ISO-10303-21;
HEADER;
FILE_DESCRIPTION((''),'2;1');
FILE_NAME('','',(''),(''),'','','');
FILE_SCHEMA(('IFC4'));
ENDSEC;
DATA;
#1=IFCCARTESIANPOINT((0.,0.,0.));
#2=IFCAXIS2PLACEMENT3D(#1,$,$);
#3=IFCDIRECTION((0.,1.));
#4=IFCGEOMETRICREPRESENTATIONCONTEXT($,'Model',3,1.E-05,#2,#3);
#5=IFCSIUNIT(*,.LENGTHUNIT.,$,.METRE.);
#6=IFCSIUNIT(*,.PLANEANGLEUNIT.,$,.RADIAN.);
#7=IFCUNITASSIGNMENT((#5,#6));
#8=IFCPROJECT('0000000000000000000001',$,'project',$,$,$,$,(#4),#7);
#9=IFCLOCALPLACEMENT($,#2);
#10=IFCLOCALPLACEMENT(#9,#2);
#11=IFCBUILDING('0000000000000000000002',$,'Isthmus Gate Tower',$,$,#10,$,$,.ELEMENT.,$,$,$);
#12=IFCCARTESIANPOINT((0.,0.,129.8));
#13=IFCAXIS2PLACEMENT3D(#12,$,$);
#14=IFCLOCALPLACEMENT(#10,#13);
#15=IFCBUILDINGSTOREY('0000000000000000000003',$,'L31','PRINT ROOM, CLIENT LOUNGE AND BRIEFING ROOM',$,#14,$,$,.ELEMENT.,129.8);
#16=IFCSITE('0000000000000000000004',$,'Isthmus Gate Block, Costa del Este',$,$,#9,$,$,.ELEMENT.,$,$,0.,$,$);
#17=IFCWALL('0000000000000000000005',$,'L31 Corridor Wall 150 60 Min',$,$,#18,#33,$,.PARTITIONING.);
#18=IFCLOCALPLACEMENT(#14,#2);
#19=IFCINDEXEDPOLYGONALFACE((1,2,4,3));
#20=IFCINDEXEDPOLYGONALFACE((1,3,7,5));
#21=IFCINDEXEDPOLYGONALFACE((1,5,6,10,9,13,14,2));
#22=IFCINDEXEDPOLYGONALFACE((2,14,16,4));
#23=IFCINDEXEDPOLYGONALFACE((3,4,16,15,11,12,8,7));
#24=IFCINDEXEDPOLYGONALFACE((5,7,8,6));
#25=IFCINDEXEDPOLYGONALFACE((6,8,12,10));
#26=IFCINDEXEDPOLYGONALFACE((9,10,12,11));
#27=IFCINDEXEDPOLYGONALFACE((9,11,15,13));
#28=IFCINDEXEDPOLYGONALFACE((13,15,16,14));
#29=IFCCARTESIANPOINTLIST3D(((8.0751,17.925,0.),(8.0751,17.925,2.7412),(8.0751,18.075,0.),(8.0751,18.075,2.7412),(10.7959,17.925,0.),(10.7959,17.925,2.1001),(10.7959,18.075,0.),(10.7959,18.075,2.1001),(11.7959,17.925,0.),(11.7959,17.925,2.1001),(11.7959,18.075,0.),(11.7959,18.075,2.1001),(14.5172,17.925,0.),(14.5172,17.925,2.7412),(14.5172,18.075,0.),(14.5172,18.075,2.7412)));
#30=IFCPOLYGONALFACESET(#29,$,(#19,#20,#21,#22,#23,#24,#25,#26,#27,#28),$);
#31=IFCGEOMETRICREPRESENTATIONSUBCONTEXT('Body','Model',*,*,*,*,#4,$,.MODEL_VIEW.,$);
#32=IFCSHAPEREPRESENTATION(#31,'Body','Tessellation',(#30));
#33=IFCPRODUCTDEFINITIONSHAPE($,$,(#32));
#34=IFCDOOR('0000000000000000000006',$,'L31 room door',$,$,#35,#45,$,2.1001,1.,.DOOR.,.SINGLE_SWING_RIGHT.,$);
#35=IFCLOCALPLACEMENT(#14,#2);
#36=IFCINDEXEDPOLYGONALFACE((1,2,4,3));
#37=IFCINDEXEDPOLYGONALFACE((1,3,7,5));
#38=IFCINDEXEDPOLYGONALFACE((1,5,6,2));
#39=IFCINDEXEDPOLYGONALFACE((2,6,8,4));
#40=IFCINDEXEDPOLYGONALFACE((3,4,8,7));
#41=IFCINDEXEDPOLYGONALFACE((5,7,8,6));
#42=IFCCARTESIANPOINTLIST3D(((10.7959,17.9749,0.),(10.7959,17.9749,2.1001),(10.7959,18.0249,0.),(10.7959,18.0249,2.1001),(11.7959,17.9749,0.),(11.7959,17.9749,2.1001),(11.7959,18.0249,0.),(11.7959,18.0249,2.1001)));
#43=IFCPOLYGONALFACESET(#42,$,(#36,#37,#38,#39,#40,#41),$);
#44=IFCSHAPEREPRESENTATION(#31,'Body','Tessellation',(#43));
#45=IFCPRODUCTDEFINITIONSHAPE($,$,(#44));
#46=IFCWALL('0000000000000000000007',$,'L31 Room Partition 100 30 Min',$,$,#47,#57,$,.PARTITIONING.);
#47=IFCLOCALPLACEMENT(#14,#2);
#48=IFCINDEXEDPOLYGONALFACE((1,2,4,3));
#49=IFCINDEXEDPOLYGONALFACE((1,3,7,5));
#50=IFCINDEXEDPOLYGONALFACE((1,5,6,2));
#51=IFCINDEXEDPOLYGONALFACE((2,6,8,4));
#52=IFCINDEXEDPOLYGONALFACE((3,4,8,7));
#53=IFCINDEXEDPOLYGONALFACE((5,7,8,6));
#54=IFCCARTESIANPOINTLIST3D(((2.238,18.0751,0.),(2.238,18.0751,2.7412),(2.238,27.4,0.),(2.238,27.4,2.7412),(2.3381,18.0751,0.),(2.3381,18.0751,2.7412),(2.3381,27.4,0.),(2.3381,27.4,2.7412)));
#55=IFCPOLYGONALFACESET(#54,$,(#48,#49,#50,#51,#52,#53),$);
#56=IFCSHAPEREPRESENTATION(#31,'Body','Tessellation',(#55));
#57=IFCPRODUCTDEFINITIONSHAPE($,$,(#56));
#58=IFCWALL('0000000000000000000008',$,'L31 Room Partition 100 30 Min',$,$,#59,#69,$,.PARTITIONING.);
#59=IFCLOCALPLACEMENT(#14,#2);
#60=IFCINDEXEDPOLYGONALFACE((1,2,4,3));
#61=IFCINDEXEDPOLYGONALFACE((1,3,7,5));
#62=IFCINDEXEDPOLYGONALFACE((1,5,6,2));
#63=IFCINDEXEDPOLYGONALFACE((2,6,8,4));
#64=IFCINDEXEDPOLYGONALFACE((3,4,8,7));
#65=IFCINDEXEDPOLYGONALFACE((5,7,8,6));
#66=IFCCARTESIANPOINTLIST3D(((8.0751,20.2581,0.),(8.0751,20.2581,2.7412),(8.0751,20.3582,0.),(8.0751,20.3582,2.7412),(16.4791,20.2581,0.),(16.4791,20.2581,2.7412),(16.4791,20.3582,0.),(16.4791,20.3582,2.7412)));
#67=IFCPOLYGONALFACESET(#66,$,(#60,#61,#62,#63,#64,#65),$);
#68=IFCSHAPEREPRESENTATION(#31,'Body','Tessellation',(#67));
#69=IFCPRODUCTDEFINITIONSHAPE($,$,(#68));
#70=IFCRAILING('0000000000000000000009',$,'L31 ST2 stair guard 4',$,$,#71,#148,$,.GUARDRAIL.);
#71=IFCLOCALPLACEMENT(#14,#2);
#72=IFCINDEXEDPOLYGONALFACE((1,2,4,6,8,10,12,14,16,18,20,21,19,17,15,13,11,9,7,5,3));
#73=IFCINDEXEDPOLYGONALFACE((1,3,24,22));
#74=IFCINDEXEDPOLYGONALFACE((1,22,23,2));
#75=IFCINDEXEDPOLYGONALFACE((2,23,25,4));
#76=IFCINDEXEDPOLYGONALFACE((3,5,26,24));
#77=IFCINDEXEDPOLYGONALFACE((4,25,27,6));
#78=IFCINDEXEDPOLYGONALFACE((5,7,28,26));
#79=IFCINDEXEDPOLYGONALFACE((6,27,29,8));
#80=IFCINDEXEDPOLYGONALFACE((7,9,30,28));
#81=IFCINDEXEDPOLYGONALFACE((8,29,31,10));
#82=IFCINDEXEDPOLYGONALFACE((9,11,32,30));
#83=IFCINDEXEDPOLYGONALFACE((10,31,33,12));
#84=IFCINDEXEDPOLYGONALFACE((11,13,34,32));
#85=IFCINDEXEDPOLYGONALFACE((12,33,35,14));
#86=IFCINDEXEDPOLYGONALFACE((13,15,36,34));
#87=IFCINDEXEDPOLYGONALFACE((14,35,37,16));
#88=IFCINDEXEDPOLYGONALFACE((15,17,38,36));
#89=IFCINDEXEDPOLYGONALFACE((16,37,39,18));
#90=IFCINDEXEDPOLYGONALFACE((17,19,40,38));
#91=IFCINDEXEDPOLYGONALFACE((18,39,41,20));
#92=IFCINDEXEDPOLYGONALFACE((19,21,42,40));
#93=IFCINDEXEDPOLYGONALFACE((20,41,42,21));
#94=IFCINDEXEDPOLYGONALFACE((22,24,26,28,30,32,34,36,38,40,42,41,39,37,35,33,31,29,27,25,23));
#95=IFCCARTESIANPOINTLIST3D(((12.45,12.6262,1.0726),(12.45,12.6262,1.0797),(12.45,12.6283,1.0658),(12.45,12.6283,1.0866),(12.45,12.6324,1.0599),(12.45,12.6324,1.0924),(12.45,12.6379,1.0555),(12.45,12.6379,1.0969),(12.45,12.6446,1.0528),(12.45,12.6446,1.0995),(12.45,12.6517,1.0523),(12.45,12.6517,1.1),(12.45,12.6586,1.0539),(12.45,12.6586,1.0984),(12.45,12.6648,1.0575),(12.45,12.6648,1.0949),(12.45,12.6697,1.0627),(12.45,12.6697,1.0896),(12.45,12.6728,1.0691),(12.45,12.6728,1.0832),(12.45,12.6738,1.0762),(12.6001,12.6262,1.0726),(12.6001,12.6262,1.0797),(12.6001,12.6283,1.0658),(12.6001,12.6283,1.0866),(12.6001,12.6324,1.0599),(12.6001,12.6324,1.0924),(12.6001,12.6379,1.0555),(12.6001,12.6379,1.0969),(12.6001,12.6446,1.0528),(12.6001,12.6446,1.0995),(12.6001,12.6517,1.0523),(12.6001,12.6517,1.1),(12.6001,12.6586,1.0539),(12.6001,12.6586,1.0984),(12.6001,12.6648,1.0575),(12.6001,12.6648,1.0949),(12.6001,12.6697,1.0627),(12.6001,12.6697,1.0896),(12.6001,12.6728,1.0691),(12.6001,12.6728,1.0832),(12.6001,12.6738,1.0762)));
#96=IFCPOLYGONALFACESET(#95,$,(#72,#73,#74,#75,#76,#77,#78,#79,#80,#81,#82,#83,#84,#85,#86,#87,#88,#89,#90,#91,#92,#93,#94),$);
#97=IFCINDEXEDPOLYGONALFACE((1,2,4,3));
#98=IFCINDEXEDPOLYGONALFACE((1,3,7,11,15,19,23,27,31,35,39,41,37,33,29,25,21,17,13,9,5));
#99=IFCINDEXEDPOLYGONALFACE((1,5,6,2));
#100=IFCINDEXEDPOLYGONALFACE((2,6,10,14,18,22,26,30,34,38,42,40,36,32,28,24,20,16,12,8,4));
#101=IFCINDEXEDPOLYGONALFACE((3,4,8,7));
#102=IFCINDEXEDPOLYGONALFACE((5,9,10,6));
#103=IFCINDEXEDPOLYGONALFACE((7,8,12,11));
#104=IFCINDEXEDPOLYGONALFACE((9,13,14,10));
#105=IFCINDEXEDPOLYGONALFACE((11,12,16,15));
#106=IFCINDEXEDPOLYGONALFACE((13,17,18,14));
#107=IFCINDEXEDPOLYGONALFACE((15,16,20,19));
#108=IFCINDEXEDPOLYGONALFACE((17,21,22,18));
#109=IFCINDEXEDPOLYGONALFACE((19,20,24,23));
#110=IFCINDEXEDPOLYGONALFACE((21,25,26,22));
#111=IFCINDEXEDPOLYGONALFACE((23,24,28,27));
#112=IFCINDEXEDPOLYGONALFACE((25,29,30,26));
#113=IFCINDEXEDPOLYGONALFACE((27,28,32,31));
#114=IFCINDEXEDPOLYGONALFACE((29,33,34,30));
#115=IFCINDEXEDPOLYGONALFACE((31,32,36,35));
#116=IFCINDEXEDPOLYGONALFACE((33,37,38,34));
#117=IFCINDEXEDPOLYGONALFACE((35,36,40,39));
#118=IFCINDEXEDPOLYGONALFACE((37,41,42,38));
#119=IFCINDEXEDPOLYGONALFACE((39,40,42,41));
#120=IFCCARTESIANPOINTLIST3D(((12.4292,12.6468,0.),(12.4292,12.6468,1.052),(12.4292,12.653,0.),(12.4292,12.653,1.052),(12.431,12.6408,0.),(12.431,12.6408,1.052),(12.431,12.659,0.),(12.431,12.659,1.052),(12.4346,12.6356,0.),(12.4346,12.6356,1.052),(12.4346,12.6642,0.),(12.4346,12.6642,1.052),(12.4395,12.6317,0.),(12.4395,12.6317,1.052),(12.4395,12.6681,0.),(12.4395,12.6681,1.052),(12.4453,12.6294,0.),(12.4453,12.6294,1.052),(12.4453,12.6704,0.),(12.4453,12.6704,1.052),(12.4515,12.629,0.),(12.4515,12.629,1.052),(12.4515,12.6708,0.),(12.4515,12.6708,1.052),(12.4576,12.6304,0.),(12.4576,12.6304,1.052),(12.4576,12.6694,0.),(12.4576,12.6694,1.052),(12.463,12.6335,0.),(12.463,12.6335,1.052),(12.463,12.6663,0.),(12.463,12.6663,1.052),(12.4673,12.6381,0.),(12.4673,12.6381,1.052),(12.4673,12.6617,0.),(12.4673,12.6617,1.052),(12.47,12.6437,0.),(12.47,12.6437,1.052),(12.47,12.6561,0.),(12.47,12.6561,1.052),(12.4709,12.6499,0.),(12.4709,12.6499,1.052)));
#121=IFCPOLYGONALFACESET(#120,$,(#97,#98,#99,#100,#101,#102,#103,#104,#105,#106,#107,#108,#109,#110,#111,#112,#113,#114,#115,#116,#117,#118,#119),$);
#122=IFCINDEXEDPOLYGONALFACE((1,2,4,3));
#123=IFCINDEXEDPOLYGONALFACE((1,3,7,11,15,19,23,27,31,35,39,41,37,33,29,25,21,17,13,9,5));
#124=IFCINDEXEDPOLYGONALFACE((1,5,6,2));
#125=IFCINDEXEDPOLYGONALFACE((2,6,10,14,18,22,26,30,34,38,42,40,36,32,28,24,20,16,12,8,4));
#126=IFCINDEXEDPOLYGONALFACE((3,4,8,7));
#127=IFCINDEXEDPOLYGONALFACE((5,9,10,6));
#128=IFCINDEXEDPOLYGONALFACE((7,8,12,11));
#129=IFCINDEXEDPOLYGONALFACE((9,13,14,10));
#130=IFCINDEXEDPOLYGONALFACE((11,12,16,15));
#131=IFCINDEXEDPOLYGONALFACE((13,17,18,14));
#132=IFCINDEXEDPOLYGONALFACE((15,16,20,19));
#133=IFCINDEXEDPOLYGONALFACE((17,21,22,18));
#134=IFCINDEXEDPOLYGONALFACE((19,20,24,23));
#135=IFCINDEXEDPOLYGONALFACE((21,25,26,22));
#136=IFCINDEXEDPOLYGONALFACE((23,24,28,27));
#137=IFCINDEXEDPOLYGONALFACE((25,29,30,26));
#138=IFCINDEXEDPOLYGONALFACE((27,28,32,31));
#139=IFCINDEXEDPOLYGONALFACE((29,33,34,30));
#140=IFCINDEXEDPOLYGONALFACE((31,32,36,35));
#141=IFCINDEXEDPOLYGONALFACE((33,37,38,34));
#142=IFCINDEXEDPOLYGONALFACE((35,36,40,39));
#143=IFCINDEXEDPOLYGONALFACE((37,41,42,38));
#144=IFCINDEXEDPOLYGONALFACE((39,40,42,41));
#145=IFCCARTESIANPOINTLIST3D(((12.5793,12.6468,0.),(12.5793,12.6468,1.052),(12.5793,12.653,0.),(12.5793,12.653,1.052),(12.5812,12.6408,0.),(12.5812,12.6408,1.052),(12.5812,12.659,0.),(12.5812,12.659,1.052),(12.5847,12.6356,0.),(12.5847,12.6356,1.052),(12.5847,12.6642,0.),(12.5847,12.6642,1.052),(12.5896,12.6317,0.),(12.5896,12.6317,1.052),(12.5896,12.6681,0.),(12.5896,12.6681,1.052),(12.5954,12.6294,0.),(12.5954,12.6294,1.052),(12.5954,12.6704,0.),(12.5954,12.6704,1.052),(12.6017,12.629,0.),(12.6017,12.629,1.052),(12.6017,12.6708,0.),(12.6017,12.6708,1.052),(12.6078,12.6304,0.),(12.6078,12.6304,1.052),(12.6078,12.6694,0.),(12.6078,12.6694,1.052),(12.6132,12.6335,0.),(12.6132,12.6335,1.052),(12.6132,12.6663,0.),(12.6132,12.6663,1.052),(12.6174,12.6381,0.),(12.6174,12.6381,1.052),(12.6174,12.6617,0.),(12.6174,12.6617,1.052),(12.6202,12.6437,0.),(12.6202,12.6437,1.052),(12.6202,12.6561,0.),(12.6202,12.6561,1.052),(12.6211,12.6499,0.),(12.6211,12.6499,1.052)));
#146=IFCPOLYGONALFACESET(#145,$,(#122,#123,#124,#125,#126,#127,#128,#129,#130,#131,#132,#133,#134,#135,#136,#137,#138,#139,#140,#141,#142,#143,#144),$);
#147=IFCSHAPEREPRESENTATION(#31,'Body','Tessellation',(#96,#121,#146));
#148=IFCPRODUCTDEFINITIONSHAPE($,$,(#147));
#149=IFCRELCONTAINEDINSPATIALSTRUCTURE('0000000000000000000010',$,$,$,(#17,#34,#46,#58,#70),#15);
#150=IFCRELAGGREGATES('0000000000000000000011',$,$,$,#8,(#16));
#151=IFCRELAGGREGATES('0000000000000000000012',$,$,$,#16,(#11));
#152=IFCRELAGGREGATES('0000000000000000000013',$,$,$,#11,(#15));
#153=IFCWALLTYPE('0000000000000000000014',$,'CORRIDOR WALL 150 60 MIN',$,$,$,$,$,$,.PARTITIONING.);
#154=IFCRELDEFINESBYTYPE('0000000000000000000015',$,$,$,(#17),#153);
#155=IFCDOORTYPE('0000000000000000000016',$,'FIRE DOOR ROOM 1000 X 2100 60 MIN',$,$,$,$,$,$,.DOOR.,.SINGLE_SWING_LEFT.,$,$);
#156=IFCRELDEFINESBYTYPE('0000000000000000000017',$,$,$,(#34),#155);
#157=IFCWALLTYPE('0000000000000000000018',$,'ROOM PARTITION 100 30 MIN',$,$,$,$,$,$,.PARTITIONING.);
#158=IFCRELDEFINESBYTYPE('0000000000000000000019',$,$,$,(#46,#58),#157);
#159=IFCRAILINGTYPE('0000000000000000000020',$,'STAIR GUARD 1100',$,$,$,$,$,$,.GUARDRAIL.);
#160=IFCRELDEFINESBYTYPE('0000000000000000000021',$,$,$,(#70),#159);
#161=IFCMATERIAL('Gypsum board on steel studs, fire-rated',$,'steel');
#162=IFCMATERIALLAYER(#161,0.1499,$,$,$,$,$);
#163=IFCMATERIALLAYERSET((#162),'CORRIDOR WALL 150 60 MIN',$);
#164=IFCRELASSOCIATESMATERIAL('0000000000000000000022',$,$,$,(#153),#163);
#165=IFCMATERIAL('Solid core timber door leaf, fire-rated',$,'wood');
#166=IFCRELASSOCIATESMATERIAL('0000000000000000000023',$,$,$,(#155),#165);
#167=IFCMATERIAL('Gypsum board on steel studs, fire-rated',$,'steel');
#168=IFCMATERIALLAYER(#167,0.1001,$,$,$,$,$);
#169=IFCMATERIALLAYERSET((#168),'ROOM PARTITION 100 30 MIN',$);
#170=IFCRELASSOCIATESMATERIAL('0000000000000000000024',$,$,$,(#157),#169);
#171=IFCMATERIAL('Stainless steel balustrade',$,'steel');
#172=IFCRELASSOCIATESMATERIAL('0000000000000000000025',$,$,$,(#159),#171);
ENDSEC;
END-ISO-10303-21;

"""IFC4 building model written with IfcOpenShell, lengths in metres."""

from ifc_helpers import new_model, si_unit, direction, frame, frame_2d, origin, origin_2d, place, context, subcontext, project, spatial, rectangle, circle, extrude, material, layer, layer_set, type_object, element, fill, save


model = new_model("IFC4")

# Units and contexts
model_context = context("Model", 3, precision=1e-05, world=origin(), true_north=direction((0.0, 1.0)))
body_context = subcontext(model_context, "Body", "Model", "MODEL_VIEW")
ifc_project = project(units=[si_unit("LENGTHUNIT", "METRE"), si_unit("PLANEANGLEUNIT", "RADIAN")], contexts=[model_context])

# Site, building, storey
site_placement = place(None, origin())
site = spatial("IfcSite", under=ifc_project, at=site_placement, Name="Isthmus Gate Block, Costa del Este", CompositionType="ELEMENT", RefElevation=0.0)
building_placement = place(site_placement, origin())
building = spatial("IfcBuilding", under=site, at=building_placement, Name="Isthmus Gate Tower", CompositionType="ELEMENT")
storey_placement = place(building_placement, frame((0.0, 0.0, 129.8)))
storey = spatial("IfcBuildingStorey", under=building, at=storey_placement, Name="L31", Description="PRINT ROOM, CLIENT LOUNGE AND BRIEFING ROOM", CompositionType="ELEMENT", Elevation=129.8)

# Shared definitions
ifc_material_1 = material(Name="Gypsum board on steel studs, fire-rated", Category="steel")
ifc_layer_1 = layer(ifc_material_1, 0.1499)
ifc_layer_set_1 = layer_set([ifc_layer_1], Name="CORRIDOR WALL 150 60 MIN")
wall_type_1 = type_object("IfcWallType", Name="CORRIDOR WALL 150 60 MIN", PredefinedType="PARTITIONING", material=ifc_layer_set_1)

# Shared definitions
ifc_material_2 = material(Name="Solid core timber door leaf, fire-rated", Category="wood")
door_type = type_object("IfcDoorType", Name="FIRE DOOR ROOM 1000 X 2100 60 MIN", OperationType="SINGLE_SWING_LEFT", PredefinedType="DOOR", material=ifc_material_2)

# Wall, opening, door
wall_1_placement = place(storey_placement, frame((8.075, 18.0, 0.0), z_axis=(0.0, 0.0, 1.0), x_axis=(1.0, 0.0, 0.0)))
wall_1 = element("IfcWall", 1, at=wall_1_placement, inside=storey, type_object=wall_type_1, Name="L31 Corridor Wall 150 60 Min", PredefinedType="PARTITIONING", context=body_context, shape_type="SweptSolid", body=[
    extrude(rectangle(XDim=6.4421, YDim=0.1499, at=frame_2d((3.2212, 0.0))), origin(), (0.0, 0.0, 1.0), 2.7412),
])
opening_1_placement = place(wall_1_placement, frame((2.7209, 0.0, 0.0)))
opening_1 = element("IfcOpeningElement", 2, at=opening_1_placement, cuts=wall_1, PredefinedType="OPENING", context=body_context, shape_type="SweptSolid", body=[
    extrude(rectangle(XDim=1.0, YDim=2.1001, at=frame_2d((0.5, 1.05))), frame((0.0, 0.085, 0.0), z_axis=(0.0, -1.0, 0.0), x_axis=(1.0, 0.0, 0.0)), (0.0, 0.0, 1.0), 0.1699),
])
door_1_placement = place(opening_1_placement, origin())
door_1 = element("IfcDoor", 3, at=door_1_placement, inside=storey, type_object=door_type, Name="L31 room door", OperationType="SINGLE_SWING_RIGHT", OverallHeight=2.1001, OverallWidth=1.0, PredefinedType="DOOR", context=body_context, shape_type="SweptSolid", body=[
    extrude(rectangle(XDim=1.0, YDim=2.1001, at=frame_2d((0.5, 1.05))), frame((0.0, 0.0249, 0.0), z_axis=(0.0, -1.0, 0.0), x_axis=(1.0, 0.0, 0.0)), (0.0, 0.0, 1.0), 0.05),
])
fill(opening_1, door_1)

# Walls
ifc_material_3 = material(Name="Gypsum board on steel studs, fire-rated", Category="steel")
ifc_layer_2 = layer(ifc_material_3, 0.1001)
ifc_layer_set_2 = layer_set([ifc_layer_2], Name="ROOM PARTITION 100 30 MIN")
wall_type_2 = type_object("IfcWallType", Name="ROOM PARTITION 100 30 MIN", PredefinedType="PARTITIONING", material=ifc_layer_set_2)
wall_2_placement = place(storey_placement, frame((2.2881, 18.075, 0.0), z_axis=(0.0, 0.0, 1.0), x_axis=(0.0, 1.0, 0.0)))
element("IfcWall", 4, at=wall_2_placement, inside=storey, type_object=wall_type_2, Name="L31 Room Partition 100 30 Min", PredefinedType="PARTITIONING", context=body_context, shape_type="SweptSolid", body=[
    extrude(rectangle(XDim=9.325, YDim=0.1001, at=frame_2d((4.6626, 0.0))), origin(), (0.0, 0.0, 1.0), 2.7412),
])
wall_3_placement = place(storey_placement, frame((8.075, 20.3081, 0.0), z_axis=(0.0, 0.0, 1.0), x_axis=(1.0, 0.0, 0.0)))
element("IfcWall", 5, at=wall_3_placement, inside=storey, type_object=wall_type_2, Name="L31 Room Partition 100 30 Min", PredefinedType="PARTITIONING", context=body_context, shape_type="SweptSolid", body=[
    extrude(rectangle(XDim=8.4041, YDim=0.1001, at=frame_2d((4.2021, 0.0))), origin(), (0.0, 0.0, 1.0), 2.7412),
])

# Railing
ifc_material_4 = material(Name="Stainless steel balustrade", Category="steel")
railing_type = type_object("IfcRailingType", Name="STAIR GUARD 1100", PredefinedType="GUARDRAIL", material=ifc_material_4)
railing_placement = place(storey_placement, frame((12.45, 12.6499, 0.0)))
element("IfcRailing", 6, at=railing_placement, inside=storey, type_object=railing_type, Name="L31 ST2 stair guard 4", PredefinedType="GUARDRAIL", context=body_context, shape_type="SweptSolid", body=[
    extrude(circle(Radius=0.0239, at=origin_2d()), frame((0.0, 0.0, 1.0762), z_axis=(1.0, 0.0, 0.0), x_axis=(0.0, 1.0, 0.0)), (0.0, 0.0, 1.0), 0.1501),
    extrude(circle(Radius=0.021, at=origin_2d()), origin(), (0.0, 0.0, 1.0), 1.052),
    extrude(circle(Radius=0.021, at=origin_2d()), frame((0.1501, 0.0, 0.0)), (0.0, 0.0, 1.0), 1.052),
])

save(model, "model.ifc")
